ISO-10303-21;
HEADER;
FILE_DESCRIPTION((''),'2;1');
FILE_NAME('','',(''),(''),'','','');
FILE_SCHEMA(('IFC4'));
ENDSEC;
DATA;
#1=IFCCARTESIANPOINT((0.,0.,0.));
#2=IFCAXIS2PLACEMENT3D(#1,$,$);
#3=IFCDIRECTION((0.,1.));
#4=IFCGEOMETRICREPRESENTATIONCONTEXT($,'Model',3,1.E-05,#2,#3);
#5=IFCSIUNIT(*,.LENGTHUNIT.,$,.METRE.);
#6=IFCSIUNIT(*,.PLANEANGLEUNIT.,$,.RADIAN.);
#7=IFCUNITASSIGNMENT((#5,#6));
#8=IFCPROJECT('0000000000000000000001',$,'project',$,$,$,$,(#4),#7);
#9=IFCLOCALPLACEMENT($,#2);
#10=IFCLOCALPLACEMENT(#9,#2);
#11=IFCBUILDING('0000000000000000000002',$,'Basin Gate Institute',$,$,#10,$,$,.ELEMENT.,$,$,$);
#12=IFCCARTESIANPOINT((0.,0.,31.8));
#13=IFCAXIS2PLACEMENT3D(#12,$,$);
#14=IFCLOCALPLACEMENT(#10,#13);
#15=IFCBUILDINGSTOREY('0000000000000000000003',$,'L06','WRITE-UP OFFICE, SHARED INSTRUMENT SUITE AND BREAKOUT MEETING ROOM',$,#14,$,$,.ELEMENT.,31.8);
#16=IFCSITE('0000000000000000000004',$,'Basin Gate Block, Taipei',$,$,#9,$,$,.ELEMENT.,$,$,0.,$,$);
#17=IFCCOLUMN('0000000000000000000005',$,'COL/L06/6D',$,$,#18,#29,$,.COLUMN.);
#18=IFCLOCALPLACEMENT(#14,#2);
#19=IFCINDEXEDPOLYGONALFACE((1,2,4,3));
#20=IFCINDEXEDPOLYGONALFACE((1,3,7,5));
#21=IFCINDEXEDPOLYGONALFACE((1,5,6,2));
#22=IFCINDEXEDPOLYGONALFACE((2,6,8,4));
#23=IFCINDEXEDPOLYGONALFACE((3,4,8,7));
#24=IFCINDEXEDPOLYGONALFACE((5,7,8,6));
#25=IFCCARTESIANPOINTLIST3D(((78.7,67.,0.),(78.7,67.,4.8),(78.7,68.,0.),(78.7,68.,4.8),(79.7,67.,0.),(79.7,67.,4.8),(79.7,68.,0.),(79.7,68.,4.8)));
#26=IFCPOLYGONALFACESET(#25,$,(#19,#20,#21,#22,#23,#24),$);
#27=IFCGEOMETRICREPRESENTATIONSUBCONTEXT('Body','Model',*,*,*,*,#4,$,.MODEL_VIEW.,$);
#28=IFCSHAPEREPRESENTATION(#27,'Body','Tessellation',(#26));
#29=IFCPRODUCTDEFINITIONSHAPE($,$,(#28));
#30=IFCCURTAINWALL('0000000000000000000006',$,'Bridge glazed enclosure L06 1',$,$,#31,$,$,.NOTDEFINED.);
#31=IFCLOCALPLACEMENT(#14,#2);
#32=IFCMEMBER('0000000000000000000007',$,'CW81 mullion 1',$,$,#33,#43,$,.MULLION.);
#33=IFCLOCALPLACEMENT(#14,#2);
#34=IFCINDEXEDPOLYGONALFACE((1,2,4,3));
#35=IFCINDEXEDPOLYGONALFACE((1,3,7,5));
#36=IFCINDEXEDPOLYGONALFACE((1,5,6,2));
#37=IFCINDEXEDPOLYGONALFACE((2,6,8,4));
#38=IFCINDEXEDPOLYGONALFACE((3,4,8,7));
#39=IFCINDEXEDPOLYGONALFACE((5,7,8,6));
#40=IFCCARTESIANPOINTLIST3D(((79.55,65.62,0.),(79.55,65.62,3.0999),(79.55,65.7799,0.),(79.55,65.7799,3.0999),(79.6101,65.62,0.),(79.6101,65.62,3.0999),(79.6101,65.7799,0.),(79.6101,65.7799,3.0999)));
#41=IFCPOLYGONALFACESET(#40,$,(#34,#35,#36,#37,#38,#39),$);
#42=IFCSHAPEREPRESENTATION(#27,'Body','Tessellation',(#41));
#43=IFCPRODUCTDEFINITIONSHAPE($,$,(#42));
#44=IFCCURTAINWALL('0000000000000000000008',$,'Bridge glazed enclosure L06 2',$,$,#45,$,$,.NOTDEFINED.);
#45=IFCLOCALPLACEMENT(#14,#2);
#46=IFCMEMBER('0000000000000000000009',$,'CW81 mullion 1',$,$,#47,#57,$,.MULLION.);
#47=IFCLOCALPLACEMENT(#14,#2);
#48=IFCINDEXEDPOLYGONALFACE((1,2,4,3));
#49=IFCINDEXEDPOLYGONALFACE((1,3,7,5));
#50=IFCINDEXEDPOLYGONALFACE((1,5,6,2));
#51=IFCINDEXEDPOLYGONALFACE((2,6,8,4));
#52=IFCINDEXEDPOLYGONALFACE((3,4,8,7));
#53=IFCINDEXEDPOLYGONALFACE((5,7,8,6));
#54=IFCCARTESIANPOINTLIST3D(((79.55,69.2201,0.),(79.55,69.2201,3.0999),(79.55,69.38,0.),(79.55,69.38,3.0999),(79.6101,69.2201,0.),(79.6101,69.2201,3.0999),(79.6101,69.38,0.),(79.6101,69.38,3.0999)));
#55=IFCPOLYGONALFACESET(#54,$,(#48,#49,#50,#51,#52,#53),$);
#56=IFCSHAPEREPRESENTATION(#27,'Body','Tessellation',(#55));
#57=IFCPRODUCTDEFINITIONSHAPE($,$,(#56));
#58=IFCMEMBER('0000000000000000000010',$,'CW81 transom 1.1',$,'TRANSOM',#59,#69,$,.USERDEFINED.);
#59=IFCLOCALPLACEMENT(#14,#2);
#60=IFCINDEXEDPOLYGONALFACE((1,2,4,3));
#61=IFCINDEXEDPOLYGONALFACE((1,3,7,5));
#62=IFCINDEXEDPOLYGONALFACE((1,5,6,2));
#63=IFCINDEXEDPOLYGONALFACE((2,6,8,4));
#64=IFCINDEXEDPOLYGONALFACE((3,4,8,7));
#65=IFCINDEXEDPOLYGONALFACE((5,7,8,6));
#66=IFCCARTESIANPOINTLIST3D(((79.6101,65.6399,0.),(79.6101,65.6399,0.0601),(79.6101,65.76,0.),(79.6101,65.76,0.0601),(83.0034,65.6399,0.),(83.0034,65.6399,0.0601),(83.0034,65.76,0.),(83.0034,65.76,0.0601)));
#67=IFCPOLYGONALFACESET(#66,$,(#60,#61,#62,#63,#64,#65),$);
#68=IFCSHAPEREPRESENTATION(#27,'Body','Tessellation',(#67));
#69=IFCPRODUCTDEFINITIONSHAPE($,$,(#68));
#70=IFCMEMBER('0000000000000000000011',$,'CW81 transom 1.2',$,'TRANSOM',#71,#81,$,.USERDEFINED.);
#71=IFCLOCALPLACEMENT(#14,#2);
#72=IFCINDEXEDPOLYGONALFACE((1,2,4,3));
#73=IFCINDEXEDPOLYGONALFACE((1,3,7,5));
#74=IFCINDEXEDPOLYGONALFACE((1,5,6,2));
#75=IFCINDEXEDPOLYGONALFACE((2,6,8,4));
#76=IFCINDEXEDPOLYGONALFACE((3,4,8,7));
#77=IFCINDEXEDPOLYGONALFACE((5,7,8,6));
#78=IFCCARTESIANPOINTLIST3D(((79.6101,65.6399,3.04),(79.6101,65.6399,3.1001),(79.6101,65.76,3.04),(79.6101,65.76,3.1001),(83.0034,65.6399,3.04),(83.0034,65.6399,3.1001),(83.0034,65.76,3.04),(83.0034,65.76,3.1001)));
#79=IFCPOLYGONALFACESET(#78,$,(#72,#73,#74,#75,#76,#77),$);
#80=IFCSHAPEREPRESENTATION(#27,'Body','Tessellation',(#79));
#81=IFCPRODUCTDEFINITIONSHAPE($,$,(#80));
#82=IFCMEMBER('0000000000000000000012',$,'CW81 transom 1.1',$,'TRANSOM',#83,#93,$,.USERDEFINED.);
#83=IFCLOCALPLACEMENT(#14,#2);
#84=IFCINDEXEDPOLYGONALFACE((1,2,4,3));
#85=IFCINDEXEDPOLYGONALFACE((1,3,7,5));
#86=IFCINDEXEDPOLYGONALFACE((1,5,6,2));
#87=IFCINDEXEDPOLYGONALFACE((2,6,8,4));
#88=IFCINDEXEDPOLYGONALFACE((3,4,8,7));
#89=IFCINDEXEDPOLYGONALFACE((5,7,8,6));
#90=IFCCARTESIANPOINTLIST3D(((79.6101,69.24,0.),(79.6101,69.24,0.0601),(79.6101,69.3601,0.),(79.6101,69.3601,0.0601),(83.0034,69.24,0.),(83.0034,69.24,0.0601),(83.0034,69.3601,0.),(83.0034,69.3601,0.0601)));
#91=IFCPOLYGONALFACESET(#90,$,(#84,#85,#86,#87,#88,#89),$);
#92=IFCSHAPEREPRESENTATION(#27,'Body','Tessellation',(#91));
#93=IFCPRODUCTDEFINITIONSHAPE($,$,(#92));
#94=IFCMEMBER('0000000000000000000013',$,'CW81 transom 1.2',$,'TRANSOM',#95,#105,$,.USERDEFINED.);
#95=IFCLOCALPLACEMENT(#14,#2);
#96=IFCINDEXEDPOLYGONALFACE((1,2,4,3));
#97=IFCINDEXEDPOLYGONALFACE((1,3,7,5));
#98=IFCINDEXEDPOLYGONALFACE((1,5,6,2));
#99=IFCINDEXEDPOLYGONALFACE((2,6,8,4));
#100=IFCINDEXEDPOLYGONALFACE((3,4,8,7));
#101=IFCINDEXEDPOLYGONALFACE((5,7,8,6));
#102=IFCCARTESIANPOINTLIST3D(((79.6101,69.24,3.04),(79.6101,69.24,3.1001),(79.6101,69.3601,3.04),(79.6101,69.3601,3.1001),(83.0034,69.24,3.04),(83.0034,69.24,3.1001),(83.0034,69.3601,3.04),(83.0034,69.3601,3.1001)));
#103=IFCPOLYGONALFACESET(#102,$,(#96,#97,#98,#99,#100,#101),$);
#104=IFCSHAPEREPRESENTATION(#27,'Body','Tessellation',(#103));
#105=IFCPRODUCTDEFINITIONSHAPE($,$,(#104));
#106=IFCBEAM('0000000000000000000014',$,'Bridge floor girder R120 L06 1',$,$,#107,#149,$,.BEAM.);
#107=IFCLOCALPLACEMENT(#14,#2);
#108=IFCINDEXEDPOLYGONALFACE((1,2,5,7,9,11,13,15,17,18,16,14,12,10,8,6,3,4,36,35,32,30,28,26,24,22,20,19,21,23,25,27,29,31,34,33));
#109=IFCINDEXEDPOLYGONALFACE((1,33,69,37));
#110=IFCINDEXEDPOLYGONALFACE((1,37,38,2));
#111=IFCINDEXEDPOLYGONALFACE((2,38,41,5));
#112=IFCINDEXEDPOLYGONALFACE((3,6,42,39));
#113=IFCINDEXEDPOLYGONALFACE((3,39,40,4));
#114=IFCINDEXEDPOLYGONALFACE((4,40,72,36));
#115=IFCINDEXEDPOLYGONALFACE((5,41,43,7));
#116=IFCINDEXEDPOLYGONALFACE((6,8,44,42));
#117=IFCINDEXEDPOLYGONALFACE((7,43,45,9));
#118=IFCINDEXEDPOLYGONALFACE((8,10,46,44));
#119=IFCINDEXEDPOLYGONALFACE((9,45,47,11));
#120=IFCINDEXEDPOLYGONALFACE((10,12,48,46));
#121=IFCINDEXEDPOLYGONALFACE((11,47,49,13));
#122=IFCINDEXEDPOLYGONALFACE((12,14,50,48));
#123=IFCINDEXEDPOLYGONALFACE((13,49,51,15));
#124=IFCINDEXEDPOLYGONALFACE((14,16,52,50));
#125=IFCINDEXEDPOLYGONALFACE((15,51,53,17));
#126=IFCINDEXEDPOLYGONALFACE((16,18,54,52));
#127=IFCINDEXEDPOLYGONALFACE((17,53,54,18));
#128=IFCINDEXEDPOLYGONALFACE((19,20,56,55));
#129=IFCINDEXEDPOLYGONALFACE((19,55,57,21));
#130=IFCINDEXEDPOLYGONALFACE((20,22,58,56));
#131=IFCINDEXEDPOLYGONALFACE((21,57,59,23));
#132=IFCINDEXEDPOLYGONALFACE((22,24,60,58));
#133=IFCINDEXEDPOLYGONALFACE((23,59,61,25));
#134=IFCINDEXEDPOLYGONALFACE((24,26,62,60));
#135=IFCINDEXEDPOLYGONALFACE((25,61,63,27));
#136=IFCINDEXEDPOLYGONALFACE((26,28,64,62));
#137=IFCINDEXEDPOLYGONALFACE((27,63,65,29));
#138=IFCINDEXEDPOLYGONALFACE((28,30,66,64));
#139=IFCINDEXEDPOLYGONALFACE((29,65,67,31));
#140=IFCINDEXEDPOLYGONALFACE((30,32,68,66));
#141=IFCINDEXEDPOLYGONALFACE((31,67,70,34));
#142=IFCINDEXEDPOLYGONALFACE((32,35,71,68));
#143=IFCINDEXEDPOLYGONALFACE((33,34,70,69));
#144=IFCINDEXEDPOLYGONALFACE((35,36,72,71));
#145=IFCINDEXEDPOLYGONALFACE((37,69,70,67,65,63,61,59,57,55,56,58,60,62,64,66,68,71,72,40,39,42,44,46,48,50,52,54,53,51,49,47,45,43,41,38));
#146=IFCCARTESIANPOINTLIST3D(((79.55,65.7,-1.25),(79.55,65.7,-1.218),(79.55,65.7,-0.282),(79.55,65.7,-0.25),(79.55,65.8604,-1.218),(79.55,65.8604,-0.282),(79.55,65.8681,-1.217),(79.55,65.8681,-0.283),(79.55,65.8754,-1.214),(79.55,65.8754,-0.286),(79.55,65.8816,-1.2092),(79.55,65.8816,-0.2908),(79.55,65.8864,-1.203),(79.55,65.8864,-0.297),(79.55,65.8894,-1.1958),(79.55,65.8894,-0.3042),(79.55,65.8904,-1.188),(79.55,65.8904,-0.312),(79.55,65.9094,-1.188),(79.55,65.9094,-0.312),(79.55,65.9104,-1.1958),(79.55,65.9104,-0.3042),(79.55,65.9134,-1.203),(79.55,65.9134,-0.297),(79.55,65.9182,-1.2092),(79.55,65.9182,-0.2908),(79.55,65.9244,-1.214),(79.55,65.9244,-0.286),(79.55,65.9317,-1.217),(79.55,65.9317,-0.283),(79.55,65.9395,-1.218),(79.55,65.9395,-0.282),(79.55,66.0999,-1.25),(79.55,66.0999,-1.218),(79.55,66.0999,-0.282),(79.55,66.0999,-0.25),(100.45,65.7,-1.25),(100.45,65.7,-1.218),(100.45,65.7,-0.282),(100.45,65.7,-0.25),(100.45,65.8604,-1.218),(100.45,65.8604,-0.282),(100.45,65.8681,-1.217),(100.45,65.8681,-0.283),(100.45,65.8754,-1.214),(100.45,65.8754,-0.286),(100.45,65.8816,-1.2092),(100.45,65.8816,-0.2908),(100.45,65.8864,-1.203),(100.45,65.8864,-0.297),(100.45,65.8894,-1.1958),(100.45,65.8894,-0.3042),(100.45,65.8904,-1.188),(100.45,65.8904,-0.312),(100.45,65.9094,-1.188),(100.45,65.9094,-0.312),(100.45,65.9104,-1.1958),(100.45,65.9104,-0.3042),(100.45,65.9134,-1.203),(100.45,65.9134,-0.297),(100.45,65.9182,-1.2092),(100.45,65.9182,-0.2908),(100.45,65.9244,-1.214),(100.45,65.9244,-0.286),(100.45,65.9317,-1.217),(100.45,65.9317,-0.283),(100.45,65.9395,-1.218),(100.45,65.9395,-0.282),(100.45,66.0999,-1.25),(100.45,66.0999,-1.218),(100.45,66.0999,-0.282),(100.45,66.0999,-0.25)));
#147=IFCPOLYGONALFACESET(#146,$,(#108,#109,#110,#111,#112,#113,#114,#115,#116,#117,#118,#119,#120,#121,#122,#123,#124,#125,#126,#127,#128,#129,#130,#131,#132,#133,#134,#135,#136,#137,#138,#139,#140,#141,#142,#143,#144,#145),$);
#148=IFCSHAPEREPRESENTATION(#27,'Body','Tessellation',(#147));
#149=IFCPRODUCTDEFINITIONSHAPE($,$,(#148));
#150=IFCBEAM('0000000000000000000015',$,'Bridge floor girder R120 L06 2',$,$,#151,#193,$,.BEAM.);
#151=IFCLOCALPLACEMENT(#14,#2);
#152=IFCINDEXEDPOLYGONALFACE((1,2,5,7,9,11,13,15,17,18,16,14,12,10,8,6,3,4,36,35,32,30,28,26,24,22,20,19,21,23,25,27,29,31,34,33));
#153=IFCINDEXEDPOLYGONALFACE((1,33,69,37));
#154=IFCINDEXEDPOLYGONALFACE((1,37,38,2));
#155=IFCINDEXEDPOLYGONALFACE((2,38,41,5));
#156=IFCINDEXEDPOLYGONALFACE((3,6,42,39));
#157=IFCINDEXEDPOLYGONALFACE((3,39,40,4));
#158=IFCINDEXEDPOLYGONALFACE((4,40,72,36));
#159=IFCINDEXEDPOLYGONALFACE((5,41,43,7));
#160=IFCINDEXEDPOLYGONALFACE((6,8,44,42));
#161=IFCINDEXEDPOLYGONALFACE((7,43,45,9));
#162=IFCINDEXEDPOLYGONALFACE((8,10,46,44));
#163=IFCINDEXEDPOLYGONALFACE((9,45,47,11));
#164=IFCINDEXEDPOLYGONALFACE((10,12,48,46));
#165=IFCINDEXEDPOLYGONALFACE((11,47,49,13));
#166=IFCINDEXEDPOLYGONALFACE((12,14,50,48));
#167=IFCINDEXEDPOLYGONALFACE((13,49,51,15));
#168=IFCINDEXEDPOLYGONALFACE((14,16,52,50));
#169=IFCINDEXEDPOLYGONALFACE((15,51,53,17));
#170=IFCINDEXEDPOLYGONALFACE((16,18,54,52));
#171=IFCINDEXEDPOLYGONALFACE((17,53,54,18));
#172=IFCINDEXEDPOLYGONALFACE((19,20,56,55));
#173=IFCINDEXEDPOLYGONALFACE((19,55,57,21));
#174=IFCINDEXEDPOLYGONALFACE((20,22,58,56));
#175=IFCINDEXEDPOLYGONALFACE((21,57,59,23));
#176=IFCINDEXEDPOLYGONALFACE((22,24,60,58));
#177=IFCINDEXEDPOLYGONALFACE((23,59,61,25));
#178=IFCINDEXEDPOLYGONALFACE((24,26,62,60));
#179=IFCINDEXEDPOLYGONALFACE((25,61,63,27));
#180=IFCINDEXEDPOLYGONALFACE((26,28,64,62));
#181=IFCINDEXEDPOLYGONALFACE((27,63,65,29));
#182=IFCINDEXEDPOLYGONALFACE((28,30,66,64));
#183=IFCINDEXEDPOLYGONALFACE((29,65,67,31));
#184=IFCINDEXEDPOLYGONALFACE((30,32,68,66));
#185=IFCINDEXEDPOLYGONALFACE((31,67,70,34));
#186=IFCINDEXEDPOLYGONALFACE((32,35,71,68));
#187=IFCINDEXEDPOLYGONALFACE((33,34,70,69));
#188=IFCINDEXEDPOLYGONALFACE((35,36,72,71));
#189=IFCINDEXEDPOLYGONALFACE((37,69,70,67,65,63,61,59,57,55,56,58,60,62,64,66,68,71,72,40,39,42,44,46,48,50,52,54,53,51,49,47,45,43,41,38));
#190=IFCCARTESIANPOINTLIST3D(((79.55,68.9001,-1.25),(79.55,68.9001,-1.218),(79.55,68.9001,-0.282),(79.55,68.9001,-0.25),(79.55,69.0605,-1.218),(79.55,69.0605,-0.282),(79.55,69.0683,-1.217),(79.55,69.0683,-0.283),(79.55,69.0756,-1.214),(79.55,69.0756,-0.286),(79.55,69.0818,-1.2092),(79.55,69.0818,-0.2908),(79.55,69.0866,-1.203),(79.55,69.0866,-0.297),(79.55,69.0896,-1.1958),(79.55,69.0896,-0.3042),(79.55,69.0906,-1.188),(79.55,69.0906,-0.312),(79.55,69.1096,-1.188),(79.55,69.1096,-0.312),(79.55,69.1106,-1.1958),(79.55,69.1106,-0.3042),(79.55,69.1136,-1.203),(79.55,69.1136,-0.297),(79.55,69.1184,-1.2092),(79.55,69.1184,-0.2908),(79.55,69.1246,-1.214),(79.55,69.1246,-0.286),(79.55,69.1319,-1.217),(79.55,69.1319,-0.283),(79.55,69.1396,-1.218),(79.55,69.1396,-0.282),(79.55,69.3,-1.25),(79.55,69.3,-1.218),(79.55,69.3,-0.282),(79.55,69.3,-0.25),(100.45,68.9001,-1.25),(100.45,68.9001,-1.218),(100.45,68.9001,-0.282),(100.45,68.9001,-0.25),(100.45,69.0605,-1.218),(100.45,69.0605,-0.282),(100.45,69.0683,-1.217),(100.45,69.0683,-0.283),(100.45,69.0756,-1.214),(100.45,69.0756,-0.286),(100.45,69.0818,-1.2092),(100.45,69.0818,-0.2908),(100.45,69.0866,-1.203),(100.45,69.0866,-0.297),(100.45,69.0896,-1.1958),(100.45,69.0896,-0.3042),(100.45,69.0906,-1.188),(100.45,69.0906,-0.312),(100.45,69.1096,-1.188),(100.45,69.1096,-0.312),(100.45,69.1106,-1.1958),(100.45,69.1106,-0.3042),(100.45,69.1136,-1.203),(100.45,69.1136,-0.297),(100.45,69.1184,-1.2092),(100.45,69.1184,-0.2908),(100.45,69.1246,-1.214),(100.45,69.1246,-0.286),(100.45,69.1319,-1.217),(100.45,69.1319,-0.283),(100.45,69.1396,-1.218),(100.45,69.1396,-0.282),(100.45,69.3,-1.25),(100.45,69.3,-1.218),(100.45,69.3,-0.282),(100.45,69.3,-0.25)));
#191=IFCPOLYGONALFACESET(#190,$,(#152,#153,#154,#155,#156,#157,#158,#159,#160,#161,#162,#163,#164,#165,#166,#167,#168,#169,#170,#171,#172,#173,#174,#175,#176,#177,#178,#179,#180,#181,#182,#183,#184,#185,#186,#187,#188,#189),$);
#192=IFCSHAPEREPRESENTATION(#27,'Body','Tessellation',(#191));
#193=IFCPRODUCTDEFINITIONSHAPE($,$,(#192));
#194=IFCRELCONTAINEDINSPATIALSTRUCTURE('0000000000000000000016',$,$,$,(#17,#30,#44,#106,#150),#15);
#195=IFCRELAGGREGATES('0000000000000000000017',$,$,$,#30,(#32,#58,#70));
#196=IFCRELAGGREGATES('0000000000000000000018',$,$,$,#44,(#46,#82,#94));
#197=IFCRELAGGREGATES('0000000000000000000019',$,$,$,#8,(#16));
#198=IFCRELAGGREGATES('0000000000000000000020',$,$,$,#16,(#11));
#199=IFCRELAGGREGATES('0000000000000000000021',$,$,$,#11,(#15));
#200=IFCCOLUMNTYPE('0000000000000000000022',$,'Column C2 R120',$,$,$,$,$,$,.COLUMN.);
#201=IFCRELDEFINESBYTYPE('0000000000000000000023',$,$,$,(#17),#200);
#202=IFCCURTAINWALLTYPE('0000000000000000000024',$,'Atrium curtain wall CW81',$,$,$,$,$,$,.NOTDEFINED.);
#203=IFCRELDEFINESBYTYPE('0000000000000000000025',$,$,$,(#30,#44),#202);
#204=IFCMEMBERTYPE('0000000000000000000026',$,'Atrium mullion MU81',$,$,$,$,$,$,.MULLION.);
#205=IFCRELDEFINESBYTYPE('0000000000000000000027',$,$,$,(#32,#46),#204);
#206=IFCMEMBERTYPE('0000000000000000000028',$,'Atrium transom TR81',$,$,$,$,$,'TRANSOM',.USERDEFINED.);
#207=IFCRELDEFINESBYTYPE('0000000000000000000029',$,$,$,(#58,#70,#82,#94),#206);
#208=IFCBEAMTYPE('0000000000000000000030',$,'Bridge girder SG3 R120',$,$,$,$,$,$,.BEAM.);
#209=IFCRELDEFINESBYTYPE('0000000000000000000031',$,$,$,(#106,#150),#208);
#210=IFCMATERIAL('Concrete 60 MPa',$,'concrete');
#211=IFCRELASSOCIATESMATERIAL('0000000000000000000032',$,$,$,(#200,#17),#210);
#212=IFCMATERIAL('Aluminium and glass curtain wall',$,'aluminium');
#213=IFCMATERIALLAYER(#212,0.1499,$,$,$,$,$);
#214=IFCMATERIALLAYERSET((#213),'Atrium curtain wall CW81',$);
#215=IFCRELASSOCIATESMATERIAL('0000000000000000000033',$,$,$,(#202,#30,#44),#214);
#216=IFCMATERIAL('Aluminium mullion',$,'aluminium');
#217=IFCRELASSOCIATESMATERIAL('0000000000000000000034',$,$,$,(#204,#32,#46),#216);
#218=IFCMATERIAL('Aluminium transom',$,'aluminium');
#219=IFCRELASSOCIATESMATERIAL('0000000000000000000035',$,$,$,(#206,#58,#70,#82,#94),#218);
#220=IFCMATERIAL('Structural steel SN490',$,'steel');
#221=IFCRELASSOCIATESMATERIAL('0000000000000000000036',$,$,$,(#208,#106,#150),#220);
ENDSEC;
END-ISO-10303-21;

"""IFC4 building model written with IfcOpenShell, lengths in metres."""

from ifc_helpers import new_model, si_unit, direction, frame, origin, origin_2d, place, context, subcontext, project, spatial, rectangle, i_section, extrude, material, layer, layer_set, material_profile, profile_set, type_object, element, aggregate, save


model = new_model("IFC4")

# Units and contexts
model_context = context("Model", 3, precision=1e-05, world=origin(), true_north=direction((0.0, 1.0)))
body_context = subcontext(model_context, "Body", "Model", "MODEL_VIEW")
ifc_project = project(units=[si_unit("LENGTHUNIT", "METRE"), si_unit("PLANEANGLEUNIT", "RADIAN")], contexts=[model_context])

# Site, building, storey
site_placement = place(None, origin())
site = spatial("IfcSite", under=ifc_project, at=site_placement, Name="Basin Gate Block, Taipei", CompositionType="ELEMENT", RefElevation=0.0)
building_placement = place(site_placement, origin())
building = spatial("IfcBuilding", under=site, at=building_placement, Name="Basin Gate Institute", CompositionType="ELEMENT")
storey_placement = place(building_placement, frame((0.0, 0.0, 31.8)))
storey = spatial("IfcBuildingStorey", under=building, at=storey_placement, Name="L06", Description="WRITE-UP OFFICE, SHARED INSTRUMENT SUITE AND BREAKOUT MEETING ROOM", CompositionType="ELEMENT", Elevation=31.8)

# Column
ifc_material_1 = material(Name="Concrete 60 MPa", Category="concrete")
ifc_material_profile_1 = material_profile(ifc_material_1, rectangle(XDim=1.0, YDim=1.0, at=origin_2d()), Name="Column C2 1000 x 1000")
ifc_profile_set_1 = profile_set([ifc_material_profile_1], Name="Concrete 60 MPa")
column_type = type_object("IfcColumnType", Name="Column C2 R120", PredefinedType="COLUMN", material=ifc_profile_set_1)
column_placement = place(storey_placement, frame((79.2, 67.5, 0.0), z_axis=(0.0, 0.0, 1.0), x_axis=(1.0, 0.0, 0.0)))
element("IfcColumn", 1, at=column_placement, inside=storey, type_object=column_type, material=ifc_profile_set_1, Name="COL/L06/6D", PredefinedType="COLUMN", context=body_context, shape_type="SweptSolid", body=[
    extrude(rectangle(XDim=1.0, YDim=1.0, at=origin_2d()), origin(), (0.0, 0.0, 1.0), 4.8),
])

# Curtain walls, members
ifc_material_2 = material(Name="Aluminium and glass curtain wall", Category="aluminium")
ifc_layer_1 = layer(ifc_material_2, 0.1499)
ifc_layer_set_1 = layer_set([ifc_layer_1], Name="Atrium curtain wall CW81")
curtain_wall_type_1 = type_object("IfcCurtainWallType", Name="Atrium curtain wall CW81", PredefinedType="NOTDEFINED", material=ifc_layer_set_1)
curtain_wall_1_placement = place(storey_placement, origin())
curtain_wall_1 = element("IfcCurtainWall", 2, at=curtain_wall_1_placement, inside=storey, type_object=curtain_wall_type_1, material=ifc_layer_set_1, Name="Bridge glazed enclosure L06 1", PredefinedType="NOTDEFINED")
ifc_material_3 = material(Name="Aluminium mullion", Category="aluminium")
ifc_material_profile_2 = material_profile(ifc_material_3, rectangle(XDim=0.1599, YDim=0.0601, at=origin_2d()), Name="Atrium mullion MU81 160 x 60")
ifc_profile_set_2 = profile_set([ifc_material_profile_2], Name="Aluminium mullion")
member_type_1 = type_object("IfcMemberType", Name="Atrium mullion MU81", PredefinedType="MULLION", material=ifc_profile_set_2)
member_1_placement = place(storey_placement, frame((79.5801, 65.7, 0.0), z_axis=(0.0, 0.0, 1.0), x_axis=(0.0, 1.0, 0.0)))
member_1 = element("IfcMember", 3, at=member_1_placement, type_object=member_type_1, material=ifc_profile_set_2, Name="CW81 mullion 1", PredefinedType="MULLION", context=body_context, shape_type="SweptSolid", body=[
    extrude(rectangle(XDim=0.1599, YDim=0.0601, at=origin_2d()), origin(), (0.0, 0.0, 1.0), 3.0999),
])
curtain_wall_2_placement = place(storey_placement, origin())
curtain_wall_2 = element("IfcCurtainWall", 4, at=curtain_wall_2_placement, inside=storey, type_object=curtain_wall_type_1, material=ifc_layer_set_1, Name="Bridge glazed enclosure L06 2", PredefinedType="NOTDEFINED")
member_2_placement = place(storey_placement, frame((79.5801, 69.3, 0.0), z_axis=(0.0, 0.0, 1.0), x_axis=(0.0, 1.0, 0.0)))
member_2 = element("IfcMember", 5, at=member_2_placement, type_object=member_type_1, material=ifc_profile_set_2, Name="CW81 mullion 1", PredefinedType="MULLION", context=body_context, shape_type="SweptSolid", body=[
    extrude(rectangle(XDim=0.1599, YDim=0.0601, at=origin_2d()), origin(), (0.0, 0.0, 1.0), 3.0999),
])

# Members
ifc_material_4 = material(Name="Aluminium transom", Category="aluminium")
ifc_material_profile_3 = material_profile(ifc_material_4, rectangle(XDim=0.1201, YDim=0.0601, at=origin_2d()), Name="Atrium transom TR81 120 x 60")
ifc_profile_set_3 = profile_set([ifc_material_profile_3], Name="Aluminium transom")
member_type_2 = type_object("IfcMemberType", Name="Atrium transom TR81", ElementType="TRANSOM", PredefinedType="USERDEFINED", material=ifc_profile_set_3)
member_3_placement = place(storey_placement, frame((79.6101, 65.7, 0.03), z_axis=(1.0, 0.0, 0.0), x_axis=(0.0, 1.0, 0.0)))
member_3 = element("IfcMember", 6, at=member_3_placement, type_object=member_type_2, material=ifc_profile_set_3, Name="CW81 transom 1.1", ObjectType="TRANSOM", PredefinedType="USERDEFINED", context=body_context, shape_type="SweptSolid", body=[
    extrude(rectangle(XDim=0.1201, YDim=0.0601, at=origin_2d()), origin(), (0.0, 0.0, 1.0), 3.3933),
])
member_4_placement = place(storey_placement, frame((79.6101, 65.7, 3.0701), z_axis=(1.0, 0.0, 0.0), x_axis=(0.0, 1.0, 0.0)))
member_4 = element("IfcMember", 7, at=member_4_placement, type_object=member_type_2, material=ifc_profile_set_3, Name="CW81 transom 1.2", ObjectType="TRANSOM", PredefinedType="USERDEFINED", context=body_context, shape_type="SweptSolid", body=[
    extrude(rectangle(XDim=0.1201, YDim=0.0601, at=origin_2d()), origin(), (0.0, 0.0, 1.0), 3.3933),
])
aggregate(curtain_wall_1, [member_1, member_3, member_4])
member_5_placement = place(storey_placement, frame((79.6101, 69.3, 0.03), z_axis=(1.0, 0.0, 0.0), x_axis=(0.0, 1.0, 0.0)))
member_5 = element("IfcMember", 8, at=member_5_placement, type_object=member_type_2, material=ifc_profile_set_3, Name="CW81 transom 1.1", ObjectType="TRANSOM", PredefinedType="USERDEFINED", context=body_context, shape_type="SweptSolid", body=[
    extrude(rectangle(XDim=0.1201, YDim=0.0601, at=origin_2d()), origin(), (0.0, 0.0, 1.0), 3.3933),
])
member_6_placement = place(storey_placement, frame((79.6101, 69.3, 3.0701), z_axis=(1.0, 0.0, 0.0), x_axis=(0.0, 1.0, 0.0)))
member_6 = element("IfcMember", 9, at=member_6_placement, type_object=member_type_2, material=ifc_profile_set_3, Name="CW81 transom 1.2", ObjectType="TRANSOM", PredefinedType="USERDEFINED", context=body_context, shape_type="SweptSolid", body=[
    extrude(rectangle(XDim=0.1201, YDim=0.0601, at=origin_2d()), origin(), (0.0, 0.0, 1.0), 3.3933),
])
aggregate(curtain_wall_2, [member_2, member_5, member_6])

# Beams
ifc_material_5 = material(Name="Structural steel SN490", Category="steel")
ifc_material_profile_4 = material_profile(ifc_material_5, i_section(OverallWidth=0.3999, OverallDepth=1.0, WebThickness=0.019, FlangeThickness=0.032, FilletRadius=0.03, at=origin_2d()), Name="H1000x400")
ifc_profile_set_4 = profile_set([ifc_material_profile_4], Name="Structural steel SN490")
beam_type_1 = type_object("IfcBeamType", Name="Bridge girder SG3 R120", PredefinedType="BEAM", material=ifc_profile_set_4)
for number, where, z_axis, x_axis, name in (
    (10, (79.55, 65.8999, -0.75), (1.0, 0.0, 0.0), (0.0, 1.0, 0.0), "Bridge floor girder R120 L06 1"),
    (11, (79.55, 69.1001, -0.75), (1.0, 0.0, 0.0), (0.0, 1.0, 0.0), "Bridge floor girder R120 L06 2"),
):
    element("IfcBeam", number, at=place(storey_placement, frame(where, z_axis=z_axis, x_axis=x_axis)), inside=storey, type_object=beam_type_1, material=ifc_profile_set_4, Name=name, PredefinedType="BEAM", context=body_context, shape_type="SweptSolid", body=[
        extrude(i_section(OverallWidth=0.3999, OverallDepth=1.0, WebThickness=0.019, FlangeThickness=0.032, FilletRadius=0.03, at=origin_2d()), origin(), (0.0, 0.0, 1.0), 20.8999),
    ])

save(model, "model.ifc")
